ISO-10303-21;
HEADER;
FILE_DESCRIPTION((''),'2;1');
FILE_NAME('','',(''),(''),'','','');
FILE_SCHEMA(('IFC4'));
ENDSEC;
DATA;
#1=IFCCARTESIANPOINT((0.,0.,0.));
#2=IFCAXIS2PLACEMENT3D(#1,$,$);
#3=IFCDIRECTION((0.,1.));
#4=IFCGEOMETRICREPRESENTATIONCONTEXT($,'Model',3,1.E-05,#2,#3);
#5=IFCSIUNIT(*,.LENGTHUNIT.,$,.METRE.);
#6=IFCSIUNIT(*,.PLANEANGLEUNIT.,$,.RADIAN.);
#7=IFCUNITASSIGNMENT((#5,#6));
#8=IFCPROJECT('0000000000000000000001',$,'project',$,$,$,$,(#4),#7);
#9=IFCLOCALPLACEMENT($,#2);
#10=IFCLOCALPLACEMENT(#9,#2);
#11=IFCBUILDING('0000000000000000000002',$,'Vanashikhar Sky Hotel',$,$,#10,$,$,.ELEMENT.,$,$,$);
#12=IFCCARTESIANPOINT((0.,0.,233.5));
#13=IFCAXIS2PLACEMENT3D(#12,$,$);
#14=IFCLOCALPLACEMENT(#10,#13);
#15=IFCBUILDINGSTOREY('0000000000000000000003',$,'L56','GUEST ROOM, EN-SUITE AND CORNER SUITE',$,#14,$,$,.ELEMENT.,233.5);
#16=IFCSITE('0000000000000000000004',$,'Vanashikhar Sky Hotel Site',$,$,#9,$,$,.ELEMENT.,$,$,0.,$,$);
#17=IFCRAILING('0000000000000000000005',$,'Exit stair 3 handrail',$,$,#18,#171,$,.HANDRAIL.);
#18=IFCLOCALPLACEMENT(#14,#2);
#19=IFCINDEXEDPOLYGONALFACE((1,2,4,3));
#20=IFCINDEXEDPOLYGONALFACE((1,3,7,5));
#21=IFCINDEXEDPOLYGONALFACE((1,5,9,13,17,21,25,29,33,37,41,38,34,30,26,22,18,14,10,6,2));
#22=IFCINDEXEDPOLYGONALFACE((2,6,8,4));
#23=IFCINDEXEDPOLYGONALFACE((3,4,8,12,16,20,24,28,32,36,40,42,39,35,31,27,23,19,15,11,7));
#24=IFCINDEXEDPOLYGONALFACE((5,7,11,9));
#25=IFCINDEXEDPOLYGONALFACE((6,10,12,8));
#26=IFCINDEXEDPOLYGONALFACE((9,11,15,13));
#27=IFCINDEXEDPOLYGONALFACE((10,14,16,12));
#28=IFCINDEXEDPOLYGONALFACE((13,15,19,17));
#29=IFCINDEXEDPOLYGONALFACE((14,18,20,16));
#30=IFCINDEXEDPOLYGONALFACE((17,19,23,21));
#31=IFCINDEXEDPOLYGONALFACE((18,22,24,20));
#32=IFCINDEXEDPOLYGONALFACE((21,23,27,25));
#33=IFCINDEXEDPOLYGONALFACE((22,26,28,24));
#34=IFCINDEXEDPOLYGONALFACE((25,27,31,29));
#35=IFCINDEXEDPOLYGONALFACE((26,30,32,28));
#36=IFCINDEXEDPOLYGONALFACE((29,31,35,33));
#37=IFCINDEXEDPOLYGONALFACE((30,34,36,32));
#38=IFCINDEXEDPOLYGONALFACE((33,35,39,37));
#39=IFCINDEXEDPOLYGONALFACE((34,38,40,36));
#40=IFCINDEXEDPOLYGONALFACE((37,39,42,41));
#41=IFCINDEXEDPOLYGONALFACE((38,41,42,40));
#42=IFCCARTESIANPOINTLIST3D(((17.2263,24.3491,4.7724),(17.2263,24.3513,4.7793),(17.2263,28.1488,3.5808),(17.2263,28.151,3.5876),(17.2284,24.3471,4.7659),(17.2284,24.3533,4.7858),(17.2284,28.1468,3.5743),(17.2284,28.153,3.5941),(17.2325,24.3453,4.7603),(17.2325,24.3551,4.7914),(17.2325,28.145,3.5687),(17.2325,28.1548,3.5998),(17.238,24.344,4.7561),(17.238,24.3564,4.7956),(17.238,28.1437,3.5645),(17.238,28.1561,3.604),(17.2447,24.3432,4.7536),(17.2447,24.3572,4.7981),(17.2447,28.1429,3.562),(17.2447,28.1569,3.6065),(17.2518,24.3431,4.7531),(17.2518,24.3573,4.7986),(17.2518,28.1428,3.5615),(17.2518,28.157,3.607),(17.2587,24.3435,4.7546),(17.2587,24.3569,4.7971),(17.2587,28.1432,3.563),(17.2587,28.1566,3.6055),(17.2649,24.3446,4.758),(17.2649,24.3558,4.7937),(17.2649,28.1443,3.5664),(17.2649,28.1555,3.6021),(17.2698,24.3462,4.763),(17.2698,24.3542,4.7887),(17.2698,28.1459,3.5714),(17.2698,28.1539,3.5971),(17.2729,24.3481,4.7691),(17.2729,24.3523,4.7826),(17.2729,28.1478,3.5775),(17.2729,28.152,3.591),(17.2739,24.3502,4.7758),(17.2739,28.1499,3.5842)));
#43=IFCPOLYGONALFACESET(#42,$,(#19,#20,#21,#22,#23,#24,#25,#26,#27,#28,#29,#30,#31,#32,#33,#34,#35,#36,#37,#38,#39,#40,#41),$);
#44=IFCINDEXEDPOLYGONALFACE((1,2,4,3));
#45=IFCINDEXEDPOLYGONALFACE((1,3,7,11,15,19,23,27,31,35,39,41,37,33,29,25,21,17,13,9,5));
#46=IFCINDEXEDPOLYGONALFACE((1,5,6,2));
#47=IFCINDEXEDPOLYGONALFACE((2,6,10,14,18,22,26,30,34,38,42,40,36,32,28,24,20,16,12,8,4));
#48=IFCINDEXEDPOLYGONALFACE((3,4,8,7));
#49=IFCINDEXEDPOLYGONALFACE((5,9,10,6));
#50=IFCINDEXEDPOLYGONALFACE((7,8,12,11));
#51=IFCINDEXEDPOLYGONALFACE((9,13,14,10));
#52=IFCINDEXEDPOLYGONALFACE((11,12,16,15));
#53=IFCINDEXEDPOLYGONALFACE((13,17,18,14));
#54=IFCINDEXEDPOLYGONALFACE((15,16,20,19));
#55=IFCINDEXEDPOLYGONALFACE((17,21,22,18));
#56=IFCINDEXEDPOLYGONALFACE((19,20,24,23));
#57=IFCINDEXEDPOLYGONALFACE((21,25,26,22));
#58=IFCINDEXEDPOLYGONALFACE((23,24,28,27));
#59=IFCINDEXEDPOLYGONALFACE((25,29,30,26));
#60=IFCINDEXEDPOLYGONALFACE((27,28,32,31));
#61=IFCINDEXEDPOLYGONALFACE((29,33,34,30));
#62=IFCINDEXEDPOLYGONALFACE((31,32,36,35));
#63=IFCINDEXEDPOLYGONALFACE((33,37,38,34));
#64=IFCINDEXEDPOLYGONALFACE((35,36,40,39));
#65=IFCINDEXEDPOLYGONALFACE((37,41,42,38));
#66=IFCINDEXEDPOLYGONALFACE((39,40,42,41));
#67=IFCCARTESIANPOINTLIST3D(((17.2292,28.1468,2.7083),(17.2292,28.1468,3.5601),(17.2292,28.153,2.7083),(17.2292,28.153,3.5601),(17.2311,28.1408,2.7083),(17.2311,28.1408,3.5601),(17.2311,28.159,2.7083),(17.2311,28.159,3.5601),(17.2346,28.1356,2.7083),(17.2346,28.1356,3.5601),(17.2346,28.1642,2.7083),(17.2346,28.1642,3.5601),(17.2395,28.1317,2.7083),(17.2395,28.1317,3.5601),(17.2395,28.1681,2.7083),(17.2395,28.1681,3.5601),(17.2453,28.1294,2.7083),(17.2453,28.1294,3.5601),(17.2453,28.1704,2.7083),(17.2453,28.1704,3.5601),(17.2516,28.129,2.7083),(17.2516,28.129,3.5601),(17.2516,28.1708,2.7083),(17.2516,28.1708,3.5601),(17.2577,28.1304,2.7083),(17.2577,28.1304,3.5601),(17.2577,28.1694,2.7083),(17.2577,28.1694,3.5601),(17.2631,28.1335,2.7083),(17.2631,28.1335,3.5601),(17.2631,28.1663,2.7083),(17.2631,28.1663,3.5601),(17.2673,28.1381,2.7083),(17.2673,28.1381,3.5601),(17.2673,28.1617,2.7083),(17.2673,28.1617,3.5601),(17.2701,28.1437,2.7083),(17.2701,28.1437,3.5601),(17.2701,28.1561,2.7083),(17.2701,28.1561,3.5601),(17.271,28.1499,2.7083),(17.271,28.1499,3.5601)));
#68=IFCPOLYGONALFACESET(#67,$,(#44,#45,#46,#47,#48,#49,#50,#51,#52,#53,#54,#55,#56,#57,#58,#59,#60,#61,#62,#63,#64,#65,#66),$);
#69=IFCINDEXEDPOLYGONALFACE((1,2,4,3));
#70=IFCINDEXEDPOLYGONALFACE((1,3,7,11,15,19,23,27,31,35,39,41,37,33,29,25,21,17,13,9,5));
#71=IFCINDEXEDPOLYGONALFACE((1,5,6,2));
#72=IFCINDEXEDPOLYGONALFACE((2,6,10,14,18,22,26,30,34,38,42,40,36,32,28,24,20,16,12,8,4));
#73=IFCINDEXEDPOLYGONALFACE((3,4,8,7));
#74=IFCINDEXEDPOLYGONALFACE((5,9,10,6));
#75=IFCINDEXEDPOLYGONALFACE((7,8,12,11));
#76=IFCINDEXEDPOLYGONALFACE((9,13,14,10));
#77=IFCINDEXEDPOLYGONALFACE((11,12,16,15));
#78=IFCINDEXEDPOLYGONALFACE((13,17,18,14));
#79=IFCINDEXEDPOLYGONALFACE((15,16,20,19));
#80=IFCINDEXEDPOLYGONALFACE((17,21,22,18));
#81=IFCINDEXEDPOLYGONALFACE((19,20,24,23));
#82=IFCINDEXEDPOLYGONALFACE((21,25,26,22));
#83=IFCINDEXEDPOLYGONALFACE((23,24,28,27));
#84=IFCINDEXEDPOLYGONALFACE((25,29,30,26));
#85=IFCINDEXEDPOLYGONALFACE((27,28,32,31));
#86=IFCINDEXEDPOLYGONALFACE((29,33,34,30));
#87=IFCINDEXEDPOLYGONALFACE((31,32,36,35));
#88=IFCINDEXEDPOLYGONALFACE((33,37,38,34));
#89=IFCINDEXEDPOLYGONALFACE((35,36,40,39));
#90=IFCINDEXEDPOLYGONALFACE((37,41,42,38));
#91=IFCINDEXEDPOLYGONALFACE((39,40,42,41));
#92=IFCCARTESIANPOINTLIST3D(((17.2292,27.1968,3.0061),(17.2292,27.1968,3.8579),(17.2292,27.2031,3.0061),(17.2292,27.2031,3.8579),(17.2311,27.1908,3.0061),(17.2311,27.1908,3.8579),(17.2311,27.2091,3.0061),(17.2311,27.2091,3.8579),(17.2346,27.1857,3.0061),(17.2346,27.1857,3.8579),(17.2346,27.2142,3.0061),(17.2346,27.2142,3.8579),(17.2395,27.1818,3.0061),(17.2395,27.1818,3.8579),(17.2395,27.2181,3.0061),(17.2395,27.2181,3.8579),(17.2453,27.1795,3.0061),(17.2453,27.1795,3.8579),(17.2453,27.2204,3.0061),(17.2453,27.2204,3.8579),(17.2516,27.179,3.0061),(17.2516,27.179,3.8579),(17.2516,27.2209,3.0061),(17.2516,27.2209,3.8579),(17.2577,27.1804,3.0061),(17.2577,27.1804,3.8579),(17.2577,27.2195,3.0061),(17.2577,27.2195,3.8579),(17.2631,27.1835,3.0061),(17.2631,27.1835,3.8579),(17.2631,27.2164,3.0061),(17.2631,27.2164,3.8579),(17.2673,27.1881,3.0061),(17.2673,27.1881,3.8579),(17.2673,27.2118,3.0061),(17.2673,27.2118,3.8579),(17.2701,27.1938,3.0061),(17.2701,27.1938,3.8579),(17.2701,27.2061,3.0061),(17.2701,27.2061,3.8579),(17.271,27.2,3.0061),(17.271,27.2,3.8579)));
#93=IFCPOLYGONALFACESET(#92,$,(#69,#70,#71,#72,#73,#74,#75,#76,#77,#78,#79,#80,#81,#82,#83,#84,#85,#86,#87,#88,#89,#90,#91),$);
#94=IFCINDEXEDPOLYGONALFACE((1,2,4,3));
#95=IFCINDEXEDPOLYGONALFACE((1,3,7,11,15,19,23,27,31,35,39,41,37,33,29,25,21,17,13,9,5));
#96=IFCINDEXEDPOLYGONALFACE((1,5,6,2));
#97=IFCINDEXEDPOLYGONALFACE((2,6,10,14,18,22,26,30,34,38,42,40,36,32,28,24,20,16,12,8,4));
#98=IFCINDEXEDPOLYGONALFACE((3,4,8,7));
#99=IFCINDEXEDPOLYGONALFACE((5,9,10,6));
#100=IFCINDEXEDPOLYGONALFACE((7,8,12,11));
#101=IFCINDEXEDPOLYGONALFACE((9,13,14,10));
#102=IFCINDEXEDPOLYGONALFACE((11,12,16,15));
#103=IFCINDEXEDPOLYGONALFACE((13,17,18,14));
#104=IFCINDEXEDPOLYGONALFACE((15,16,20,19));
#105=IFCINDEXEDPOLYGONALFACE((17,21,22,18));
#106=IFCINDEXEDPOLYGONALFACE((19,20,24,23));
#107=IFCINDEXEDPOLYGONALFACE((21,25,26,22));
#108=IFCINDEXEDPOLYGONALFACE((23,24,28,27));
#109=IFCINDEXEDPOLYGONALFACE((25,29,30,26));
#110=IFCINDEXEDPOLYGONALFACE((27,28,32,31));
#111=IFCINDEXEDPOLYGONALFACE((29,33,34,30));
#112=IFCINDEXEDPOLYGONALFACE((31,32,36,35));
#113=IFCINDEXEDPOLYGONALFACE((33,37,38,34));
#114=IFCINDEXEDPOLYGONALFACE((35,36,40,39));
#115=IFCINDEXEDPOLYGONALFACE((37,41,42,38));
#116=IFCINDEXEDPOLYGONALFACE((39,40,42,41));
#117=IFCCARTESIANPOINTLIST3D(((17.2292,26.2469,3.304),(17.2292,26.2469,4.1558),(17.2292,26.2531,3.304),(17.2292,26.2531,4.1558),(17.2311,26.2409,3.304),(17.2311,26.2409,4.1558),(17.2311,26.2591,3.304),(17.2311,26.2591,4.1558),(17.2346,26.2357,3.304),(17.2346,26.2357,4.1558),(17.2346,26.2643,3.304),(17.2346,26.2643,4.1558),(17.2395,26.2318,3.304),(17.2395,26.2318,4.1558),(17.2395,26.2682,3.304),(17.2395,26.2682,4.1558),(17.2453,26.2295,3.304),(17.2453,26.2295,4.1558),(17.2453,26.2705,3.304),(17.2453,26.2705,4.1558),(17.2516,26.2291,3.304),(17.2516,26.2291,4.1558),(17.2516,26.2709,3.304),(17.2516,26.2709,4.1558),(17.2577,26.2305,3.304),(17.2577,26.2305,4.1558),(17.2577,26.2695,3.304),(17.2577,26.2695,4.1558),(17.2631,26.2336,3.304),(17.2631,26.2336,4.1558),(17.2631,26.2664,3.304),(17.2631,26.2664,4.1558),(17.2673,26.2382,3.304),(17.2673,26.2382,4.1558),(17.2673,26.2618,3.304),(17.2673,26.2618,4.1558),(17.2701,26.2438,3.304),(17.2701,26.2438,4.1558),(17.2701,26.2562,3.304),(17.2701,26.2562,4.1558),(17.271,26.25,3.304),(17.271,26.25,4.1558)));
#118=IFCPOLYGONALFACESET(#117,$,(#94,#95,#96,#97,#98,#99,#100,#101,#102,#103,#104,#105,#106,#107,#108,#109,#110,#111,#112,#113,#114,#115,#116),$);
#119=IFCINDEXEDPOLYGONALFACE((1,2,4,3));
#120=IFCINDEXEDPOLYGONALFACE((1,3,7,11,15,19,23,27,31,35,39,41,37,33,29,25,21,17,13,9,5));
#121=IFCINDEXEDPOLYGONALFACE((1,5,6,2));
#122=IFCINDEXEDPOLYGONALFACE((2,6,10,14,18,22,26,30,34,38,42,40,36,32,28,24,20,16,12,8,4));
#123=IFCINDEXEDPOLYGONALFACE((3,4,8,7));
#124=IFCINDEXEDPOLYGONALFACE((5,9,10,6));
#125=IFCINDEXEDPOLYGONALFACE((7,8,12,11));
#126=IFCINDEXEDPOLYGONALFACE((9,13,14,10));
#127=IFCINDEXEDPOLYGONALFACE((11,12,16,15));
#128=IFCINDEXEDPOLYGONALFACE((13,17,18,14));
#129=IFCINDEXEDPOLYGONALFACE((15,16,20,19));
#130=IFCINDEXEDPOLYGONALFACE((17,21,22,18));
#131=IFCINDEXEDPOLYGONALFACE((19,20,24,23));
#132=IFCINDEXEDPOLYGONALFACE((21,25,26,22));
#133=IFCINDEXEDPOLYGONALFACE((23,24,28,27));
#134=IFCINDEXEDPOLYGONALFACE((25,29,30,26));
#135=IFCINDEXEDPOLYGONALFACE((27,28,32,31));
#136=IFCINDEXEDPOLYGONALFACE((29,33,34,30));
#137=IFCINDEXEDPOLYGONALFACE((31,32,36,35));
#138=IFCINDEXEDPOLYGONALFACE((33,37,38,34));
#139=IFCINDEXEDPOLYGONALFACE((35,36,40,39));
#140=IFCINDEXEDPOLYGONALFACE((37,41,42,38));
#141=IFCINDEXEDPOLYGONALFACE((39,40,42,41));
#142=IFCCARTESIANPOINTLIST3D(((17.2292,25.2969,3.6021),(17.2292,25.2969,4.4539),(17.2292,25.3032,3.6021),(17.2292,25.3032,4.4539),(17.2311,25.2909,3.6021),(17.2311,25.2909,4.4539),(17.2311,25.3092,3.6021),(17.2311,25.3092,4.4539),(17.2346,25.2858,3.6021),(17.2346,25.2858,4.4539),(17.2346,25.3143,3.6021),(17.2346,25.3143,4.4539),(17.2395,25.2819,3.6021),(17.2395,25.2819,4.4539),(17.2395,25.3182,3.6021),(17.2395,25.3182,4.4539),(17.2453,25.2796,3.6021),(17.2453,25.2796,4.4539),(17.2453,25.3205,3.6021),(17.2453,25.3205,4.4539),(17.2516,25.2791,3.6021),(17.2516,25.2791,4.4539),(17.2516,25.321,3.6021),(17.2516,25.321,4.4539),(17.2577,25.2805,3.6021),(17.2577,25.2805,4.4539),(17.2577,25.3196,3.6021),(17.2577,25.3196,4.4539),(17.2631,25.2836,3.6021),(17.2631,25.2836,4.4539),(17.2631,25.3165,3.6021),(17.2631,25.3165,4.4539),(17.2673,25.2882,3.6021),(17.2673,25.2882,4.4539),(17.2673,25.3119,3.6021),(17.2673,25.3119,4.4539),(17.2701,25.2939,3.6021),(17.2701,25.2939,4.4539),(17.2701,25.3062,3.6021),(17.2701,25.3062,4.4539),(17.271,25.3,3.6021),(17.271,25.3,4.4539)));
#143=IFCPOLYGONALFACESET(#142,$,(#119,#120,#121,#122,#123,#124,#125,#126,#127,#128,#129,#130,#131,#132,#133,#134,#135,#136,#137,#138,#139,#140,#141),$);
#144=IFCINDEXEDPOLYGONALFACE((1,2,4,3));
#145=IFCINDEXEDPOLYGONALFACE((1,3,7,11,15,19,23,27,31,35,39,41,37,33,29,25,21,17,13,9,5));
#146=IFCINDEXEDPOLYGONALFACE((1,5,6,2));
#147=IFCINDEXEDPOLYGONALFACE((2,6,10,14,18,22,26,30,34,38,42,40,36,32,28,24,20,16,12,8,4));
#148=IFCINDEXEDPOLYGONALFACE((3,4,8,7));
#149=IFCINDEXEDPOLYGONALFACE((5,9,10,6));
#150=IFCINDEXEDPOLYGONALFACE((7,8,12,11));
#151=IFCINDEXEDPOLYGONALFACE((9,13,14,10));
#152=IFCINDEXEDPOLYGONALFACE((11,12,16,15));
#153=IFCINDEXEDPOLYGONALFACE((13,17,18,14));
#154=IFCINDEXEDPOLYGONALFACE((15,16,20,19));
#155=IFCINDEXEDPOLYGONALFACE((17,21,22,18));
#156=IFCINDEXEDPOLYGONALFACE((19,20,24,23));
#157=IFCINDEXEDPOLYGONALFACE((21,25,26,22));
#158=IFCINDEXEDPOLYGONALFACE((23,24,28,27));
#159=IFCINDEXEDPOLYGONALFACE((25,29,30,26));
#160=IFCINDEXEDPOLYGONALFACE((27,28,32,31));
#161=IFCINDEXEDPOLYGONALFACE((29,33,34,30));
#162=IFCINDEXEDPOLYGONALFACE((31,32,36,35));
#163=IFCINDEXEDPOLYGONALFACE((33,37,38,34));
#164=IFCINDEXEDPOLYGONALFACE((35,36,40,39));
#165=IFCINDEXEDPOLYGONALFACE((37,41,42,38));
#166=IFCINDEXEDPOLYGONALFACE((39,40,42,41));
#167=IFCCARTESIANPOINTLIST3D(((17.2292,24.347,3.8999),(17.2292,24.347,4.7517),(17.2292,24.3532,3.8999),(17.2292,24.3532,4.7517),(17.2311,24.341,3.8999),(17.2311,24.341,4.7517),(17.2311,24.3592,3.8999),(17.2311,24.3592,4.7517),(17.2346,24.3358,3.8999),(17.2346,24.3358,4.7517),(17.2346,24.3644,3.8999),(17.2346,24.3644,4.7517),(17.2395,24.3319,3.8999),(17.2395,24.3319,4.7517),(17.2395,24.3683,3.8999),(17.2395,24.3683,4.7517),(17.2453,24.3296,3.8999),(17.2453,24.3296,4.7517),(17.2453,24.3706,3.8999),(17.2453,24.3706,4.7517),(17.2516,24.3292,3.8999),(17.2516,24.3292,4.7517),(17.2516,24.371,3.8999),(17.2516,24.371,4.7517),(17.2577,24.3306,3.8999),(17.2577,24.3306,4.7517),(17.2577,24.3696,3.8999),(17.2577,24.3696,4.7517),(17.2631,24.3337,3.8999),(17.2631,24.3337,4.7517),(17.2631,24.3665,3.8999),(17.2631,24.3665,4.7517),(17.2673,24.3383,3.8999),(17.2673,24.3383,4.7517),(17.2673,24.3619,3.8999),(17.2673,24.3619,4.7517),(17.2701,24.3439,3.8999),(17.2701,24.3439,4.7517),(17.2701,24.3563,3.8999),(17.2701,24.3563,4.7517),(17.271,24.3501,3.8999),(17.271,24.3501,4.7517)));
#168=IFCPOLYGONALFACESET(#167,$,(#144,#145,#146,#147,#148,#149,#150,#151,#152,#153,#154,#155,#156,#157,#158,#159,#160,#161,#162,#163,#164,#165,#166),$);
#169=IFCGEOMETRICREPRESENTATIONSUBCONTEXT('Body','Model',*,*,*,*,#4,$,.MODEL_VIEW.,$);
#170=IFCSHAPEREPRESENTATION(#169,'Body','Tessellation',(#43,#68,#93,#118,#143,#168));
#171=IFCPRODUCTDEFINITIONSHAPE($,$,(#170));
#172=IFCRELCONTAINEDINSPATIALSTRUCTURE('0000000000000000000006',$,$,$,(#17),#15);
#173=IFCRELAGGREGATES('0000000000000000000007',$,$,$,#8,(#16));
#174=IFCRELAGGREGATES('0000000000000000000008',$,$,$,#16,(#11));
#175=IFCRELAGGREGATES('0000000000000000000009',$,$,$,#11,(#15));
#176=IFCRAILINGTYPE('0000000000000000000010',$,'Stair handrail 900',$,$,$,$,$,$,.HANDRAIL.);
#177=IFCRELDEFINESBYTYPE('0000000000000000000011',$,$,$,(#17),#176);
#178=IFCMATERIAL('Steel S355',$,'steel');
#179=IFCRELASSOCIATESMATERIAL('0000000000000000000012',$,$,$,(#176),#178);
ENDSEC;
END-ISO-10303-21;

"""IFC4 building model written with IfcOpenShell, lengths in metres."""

from ifc_helpers import new_model, si_unit, direction, frame, origin, origin_2d, place, context, subcontext, project, spatial, circle, extrude, source, transform, mapped, material, type_object, element, save


model = new_model("IFC4")

# Units and contexts
model_context = context("Model", 3, precision=1e-05, world=origin(), true_north=direction((0.0, 1.0)))
body_context = subcontext(model_context, "Body", "Model", "MODEL_VIEW")
ifc_project = project(units=[si_unit("LENGTHUNIT", "METRE"), si_unit("PLANEANGLEUNIT", "RADIAN")], contexts=[model_context])

# Site, building, storey
site_placement = place(None, origin())
site = spatial("IfcSite", under=ifc_project, at=site_placement, Name="Vanashikhar Sky Hotel Site", CompositionType="ELEMENT", RefElevation=0.0)
building_placement = place(site_placement, origin())
building = spatial("IfcBuilding", under=site, at=building_placement, Name="Vanashikhar Sky Hotel", CompositionType="ELEMENT")
storey_placement = place(building_placement, frame((0.0, 0.0, 233.5)))
storey = spatial("IfcBuildingStorey", under=building, at=storey_placement, Name="L56", Description="GUEST ROOM, EN-SUITE AND CORNER SUITE", CompositionType="ELEMENT", Elevation=233.5)

# Railing
ifc_material_1 = material(Name="Steel S355", Category="steel")
railing_type = type_object("IfcRailingType", Name="Stair handrail 900", PredefinedType="HANDRAIL", material=ifc_material_1)
shared_shape_1 = source(origin(), body_context, "Body", "SweptSolid", [
    extrude(circle(Radius=0.0239, at=origin_2d()), frame((0.0, 0.0, 0.876), z_axis=(0.0, -0.954178, 0.299238), x_axis=(1.0, 0.0, 0.0)), (0.0, 0.0, 1.0), 3.9822),
    extrude(circle(Radius=0.021, at=origin_2d()), origin(), (0.0, 0.0, 1.0), 0.8518),
    extrude(circle(Radius=0.021, at=origin_2d()), frame((0.0, -0.95, 0.2979)), (0.0, 0.0, 1.0), 0.8518),
    extrude(circle(Radius=0.021, at=origin_2d()), frame((0.0, -1.8999, 0.5957)), (0.0, 0.0, 1.0), 0.8518),
    extrude(circle(Radius=0.021, at=origin_2d()), frame((0.0, -2.8499, 0.8938)), (0.0, 0.0, 1.0), 0.8518),
    extrude(circle(Radius=0.021, at=origin_2d()), frame((0.0, -3.7998, 1.1917)), (0.0, 0.0, 1.0), 0.8518),
])
for number, where, name in (
    (1, (17.25, 28.1499, 2.7083), "Exit stair 3 handrail"),
):
    element("IfcRailing", number, at=place(storey_placement, frame(where)), inside=storey, type_object=railing_type, Name=name, PredefinedType="HANDRAIL", context=body_context, shape_type="MappedRepresentation", body=[
        mapped(shared_shape_1, transform((0.0, 0.0, 0.0), scale=1.0)),
    ])

save(model, "model.ifc")
